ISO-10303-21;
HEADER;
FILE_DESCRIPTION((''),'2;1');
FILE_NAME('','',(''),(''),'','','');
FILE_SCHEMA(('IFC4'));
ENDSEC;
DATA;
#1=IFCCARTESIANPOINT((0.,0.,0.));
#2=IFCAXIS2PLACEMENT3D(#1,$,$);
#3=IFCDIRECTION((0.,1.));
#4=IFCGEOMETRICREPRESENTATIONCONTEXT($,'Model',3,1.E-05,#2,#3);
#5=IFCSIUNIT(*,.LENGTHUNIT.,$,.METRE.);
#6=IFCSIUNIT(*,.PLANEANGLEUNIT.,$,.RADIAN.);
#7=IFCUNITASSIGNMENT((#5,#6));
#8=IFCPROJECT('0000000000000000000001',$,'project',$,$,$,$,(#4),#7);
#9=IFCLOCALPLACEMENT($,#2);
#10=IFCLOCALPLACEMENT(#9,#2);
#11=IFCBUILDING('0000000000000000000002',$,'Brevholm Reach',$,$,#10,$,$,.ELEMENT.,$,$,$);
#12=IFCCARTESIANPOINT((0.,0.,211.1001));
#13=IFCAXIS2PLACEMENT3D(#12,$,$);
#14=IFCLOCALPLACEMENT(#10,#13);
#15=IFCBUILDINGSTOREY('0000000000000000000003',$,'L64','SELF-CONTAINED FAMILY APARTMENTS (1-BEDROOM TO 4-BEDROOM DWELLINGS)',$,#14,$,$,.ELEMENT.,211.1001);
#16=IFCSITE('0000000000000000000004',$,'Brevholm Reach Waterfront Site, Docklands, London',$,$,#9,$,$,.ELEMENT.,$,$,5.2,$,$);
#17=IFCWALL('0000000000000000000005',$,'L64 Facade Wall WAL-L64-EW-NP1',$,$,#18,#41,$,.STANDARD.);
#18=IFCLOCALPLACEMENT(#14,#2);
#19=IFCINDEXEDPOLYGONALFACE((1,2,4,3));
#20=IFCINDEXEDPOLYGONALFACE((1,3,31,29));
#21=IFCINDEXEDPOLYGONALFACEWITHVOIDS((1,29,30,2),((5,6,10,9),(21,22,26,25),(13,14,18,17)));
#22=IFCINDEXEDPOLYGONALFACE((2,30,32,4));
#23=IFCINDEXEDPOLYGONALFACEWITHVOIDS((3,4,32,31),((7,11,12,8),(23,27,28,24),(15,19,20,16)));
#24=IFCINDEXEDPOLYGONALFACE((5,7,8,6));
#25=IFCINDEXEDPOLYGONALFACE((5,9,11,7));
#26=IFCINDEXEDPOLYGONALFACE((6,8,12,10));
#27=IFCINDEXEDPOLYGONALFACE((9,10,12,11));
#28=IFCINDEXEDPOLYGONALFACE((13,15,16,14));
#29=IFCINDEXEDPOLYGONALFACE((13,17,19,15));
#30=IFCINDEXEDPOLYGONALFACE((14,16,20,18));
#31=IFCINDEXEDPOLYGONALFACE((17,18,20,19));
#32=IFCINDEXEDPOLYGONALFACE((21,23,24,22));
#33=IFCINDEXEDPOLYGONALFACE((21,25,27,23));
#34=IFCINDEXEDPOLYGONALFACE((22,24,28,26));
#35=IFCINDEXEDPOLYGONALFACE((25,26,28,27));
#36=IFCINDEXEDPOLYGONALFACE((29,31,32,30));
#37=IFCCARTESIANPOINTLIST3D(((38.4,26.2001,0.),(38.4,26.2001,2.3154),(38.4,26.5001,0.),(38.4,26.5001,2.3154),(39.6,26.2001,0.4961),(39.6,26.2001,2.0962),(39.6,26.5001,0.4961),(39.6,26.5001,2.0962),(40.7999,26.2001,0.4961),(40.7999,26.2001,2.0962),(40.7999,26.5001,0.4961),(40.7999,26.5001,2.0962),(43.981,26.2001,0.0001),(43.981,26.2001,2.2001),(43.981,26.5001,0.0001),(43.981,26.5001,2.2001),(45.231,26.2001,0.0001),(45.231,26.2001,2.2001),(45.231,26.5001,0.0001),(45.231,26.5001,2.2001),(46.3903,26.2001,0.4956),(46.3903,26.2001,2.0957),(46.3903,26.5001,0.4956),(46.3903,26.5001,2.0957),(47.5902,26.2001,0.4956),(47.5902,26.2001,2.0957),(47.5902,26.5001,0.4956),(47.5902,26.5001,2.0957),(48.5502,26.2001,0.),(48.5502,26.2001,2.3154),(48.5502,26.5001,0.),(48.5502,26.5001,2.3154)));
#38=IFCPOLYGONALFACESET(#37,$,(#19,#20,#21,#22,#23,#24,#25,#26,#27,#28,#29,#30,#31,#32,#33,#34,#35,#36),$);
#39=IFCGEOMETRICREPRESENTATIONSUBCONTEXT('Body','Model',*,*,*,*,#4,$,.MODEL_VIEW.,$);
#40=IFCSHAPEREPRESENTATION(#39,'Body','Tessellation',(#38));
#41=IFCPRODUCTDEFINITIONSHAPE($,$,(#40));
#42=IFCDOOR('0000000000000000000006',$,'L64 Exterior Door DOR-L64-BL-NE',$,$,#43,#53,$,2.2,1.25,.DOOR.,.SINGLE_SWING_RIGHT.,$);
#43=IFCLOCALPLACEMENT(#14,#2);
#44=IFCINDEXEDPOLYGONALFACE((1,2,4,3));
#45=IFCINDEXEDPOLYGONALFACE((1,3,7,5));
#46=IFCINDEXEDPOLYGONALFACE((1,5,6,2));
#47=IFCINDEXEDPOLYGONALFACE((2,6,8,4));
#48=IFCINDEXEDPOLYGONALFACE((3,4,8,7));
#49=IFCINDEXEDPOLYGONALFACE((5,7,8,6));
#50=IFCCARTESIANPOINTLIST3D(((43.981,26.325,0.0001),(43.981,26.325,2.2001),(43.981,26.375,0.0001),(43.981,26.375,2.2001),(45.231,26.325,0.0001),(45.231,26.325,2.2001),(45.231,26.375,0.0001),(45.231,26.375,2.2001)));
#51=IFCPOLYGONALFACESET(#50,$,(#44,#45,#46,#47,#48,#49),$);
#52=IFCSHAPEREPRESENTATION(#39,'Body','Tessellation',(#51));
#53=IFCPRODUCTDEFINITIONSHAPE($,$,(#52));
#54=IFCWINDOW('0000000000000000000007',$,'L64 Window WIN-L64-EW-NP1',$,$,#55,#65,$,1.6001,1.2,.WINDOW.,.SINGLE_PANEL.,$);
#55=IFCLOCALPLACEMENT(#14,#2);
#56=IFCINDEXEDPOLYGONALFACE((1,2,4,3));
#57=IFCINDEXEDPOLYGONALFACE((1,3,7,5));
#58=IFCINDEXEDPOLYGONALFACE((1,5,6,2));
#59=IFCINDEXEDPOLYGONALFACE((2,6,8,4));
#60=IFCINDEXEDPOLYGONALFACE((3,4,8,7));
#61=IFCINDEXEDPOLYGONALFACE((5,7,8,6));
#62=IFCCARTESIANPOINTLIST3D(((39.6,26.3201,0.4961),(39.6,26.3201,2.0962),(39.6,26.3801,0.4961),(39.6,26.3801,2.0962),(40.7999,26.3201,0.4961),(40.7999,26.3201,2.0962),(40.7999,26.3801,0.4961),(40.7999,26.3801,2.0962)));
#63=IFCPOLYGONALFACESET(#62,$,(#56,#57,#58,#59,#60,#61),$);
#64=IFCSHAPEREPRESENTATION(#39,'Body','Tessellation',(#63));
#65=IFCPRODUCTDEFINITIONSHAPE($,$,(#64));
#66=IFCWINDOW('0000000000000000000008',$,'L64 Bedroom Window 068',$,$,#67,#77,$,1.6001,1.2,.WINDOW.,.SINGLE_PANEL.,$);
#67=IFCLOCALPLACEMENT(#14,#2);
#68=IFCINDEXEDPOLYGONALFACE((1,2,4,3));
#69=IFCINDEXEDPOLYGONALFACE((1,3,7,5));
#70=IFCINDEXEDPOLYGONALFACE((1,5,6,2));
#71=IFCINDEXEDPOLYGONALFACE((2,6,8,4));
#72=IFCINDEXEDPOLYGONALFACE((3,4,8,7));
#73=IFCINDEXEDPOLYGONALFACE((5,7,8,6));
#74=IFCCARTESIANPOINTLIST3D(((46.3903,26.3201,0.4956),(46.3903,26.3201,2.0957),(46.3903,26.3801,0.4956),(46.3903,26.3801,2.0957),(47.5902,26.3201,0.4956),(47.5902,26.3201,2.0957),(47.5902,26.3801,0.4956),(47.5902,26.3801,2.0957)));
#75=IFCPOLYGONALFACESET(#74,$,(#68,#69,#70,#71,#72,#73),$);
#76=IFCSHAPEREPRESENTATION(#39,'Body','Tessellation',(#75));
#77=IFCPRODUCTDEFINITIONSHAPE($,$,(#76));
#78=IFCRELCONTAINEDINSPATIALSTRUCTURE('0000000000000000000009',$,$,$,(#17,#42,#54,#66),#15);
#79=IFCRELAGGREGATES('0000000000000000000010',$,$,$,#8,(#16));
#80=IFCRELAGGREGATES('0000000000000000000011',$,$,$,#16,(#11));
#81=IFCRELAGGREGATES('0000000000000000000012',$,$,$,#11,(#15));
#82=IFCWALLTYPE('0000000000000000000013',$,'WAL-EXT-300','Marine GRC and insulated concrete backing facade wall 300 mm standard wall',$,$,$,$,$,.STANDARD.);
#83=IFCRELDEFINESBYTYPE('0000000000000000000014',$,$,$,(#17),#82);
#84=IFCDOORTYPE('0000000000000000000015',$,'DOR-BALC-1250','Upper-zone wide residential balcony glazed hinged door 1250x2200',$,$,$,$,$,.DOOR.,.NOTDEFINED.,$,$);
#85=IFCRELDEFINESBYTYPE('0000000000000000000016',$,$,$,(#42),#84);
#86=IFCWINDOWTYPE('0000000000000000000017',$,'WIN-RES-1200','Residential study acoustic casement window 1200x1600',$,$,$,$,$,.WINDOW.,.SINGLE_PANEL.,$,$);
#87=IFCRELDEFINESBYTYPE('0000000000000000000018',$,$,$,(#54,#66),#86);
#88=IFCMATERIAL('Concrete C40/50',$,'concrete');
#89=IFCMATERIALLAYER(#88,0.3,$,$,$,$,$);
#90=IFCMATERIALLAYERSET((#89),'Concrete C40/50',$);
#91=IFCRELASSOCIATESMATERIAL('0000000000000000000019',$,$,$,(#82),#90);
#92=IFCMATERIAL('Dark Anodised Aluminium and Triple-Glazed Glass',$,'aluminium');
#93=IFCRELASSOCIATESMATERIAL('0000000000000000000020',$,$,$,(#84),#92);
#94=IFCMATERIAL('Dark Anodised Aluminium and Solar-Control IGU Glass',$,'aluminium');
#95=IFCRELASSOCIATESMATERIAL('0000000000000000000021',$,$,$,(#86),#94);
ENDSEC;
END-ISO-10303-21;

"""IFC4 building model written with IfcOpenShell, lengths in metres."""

from ifc_helpers import new_model, si_unit, direction, frame, frame_2d, origin, place, context, subcontext, project, spatial, rectangle, extrude, material, layer, layer_set, type_object, element, fill, save


model = new_model("IFC4")

# Units and contexts
model_context = context("Model", 3, precision=1e-05, world=origin(), true_north=direction((0.0, 1.0)))
body_context = subcontext(model_context, "Body", "Model", "MODEL_VIEW")
ifc_project = project(units=[si_unit("LENGTHUNIT", "METRE"), si_unit("PLANEANGLEUNIT", "RADIAN")], contexts=[model_context])

# Site, building, storey
site_placement = place(None, origin())
site = spatial("IfcSite", under=ifc_project, at=site_placement, Name="Brevholm Reach Waterfront Site, Docklands, London", CompositionType="ELEMENT", RefElevation=5.2)
building_placement = place(site_placement, origin())
building = spatial("IfcBuilding", under=site, at=building_placement, Name="Brevholm Reach", CompositionType="ELEMENT")
storey_placement = place(building_placement, frame((0.0, 0.0, 211.1001)))
storey = spatial("IfcBuildingStorey", under=building, at=storey_placement, Name="L64", Description="SELF-CONTAINED FAMILY APARTMENTS (1-BEDROOM TO 4-BEDROOM DWELLINGS)", CompositionType="ELEMENT", Elevation=211.1001)

# Shared definitions
ifc_material_1 = material(Name="Concrete C40/50", Category="concrete")
ifc_layer_1 = layer(ifc_material_1, 0.3)
ifc_layer_set_1 = layer_set([ifc_layer_1], Name="Concrete C40/50")
wall_type = type_object("IfcWallType", Name="WAL-EXT-300", Description="Marine GRC and insulated concrete backing facade wall 300 mm standard wall", PredefinedType="STANDARD", material=ifc_layer_set_1)

# Wall, openings, door, windows
wall_placement = place(storey_placement, frame((38.3999, 26.3501, 0.0), z_axis=(0.0, 0.0, 1.0), x_axis=(1.0, 0.0, 0.0)))
wall = element("IfcWall", 1, at=wall_placement, inside=storey, type_object=wall_type, Name="L64 Facade Wall WAL-L64-EW-NP1", PredefinedType="STANDARD", context=body_context, shape_type="SweptSolid", body=[
    extrude(rectangle(XDim=10.1501, YDim=0.3, at=frame_2d((5.0752, 0.0))), origin(), (0.0, 0.0, 1.0), 2.3154),
])
opening_1_placement = place(wall_placement, frame((5.5811, 0.0, 0.0)))
opening_1 = element("IfcOpeningElement", 2, at=opening_1_placement, cuts=wall, PredefinedType="OPENING", context=body_context, shape_type="SweptSolid", body=[
    extrude(rectangle(XDim=1.25, YDim=2.2, at=frame_2d((0.625, 1.1001))), frame((0.0, 0.1599, 0.0), z_axis=(0.0, -1.0, 0.0), x_axis=(1.0, 0.0, 0.0)), (0.0, 0.0, 1.0), 0.3201),
])
opening_2_placement = place(wall_placement, frame((1.2, 0.0, 0.4961)))
opening_2 = element("IfcOpeningElement", 3, at=opening_2_placement, cuts=wall, PredefinedType="OPENING", context=body_context, shape_type="SweptSolid", body=[
    extrude(rectangle(XDim=1.2, YDim=1.6001, at=frame_2d((0.6001, 0.8))), frame((0.0, 0.1599, 0.0), z_axis=(0.0, -1.0, 0.0), x_axis=(1.0, 0.0, 0.0)), (0.0, 0.0, 1.0), 0.3201),
])
opening_3_placement = place(wall_placement, frame((7.9902, 0.0, 0.4956)))
opening_3 = element("IfcOpeningElement", 4, at=opening_3_placement, cuts=wall, PredefinedType="OPENING", context=body_context, shape_type="SweptSolid", body=[
    extrude(rectangle(XDim=1.2, YDim=1.6001, at=frame_2d((0.6001, 0.8))), frame((0.0, 0.1599, 0.0), z_axis=(0.0, -1.0, 0.0), x_axis=(1.0, 0.0, 0.0)), (0.0, 0.0, 1.0), 0.3201),
])
ifc_material_2 = material(Name="Dark Anodised Aluminium and Triple-Glazed Glass", Category="aluminium")
door_type = type_object("IfcDoorType", Name="DOR-BALC-1250", Description="Upper-zone wide residential balcony glazed hinged door 1250x2200", OperationType="NOTDEFINED", PredefinedType="DOOR", material=ifc_material_2)
door_placement = place(opening_1_placement, origin())
door = element("IfcDoor", 5, at=door_placement, inside=storey, type_object=door_type, Name="L64 Exterior Door DOR-L64-BL-NE", OperationType="SINGLE_SWING_RIGHT", OverallHeight=2.2, OverallWidth=1.25, PredefinedType="DOOR", context=body_context, shape_type="SweptSolid", body=[
    extrude(rectangle(XDim=1.25, YDim=2.2, at=frame_2d((0.625, 1.1001))), frame((0.0, 0.0249, 0.0), z_axis=(0.0, -1.0, 0.0), x_axis=(1.0, 0.0, 0.0)), (0.0, 0.0, 1.0), 0.05),
])
fill(opening_1, door)
ifc_material_3 = material(Name="Dark Anodised Aluminium and Solar-Control IGU Glass", Category="aluminium")
window_type = type_object("IfcWindowType", Name="WIN-RES-1200", Description="Residential study acoustic casement window 1200x1600", PartitioningType="SINGLE_PANEL", PredefinedType="WINDOW", material=ifc_material_3)
window_1_placement = place(opening_2_placement, origin())
window_1 = element("IfcWindow", 6, at=window_1_placement, inside=storey, type_object=window_type, Name="L64 Window WIN-L64-EW-NP1", OverallHeight=1.6001, OverallWidth=1.2, PartitioningType="SINGLE_PANEL", PredefinedType="WINDOW", context=body_context, shape_type="SweptSolid", body=[
    extrude(rectangle(XDim=1.2, YDim=1.6001, at=frame_2d((0.6001, 0.8))), frame((0.0, 0.03, 0.0), z_axis=(0.0, -1.0, 0.0), x_axis=(1.0, 0.0, 0.0)), (0.0, 0.0, 1.0), 0.0601),
])
fill(opening_2, window_1)
window_2_placement = place(opening_3_placement, origin())
window_2 = element("IfcWindow", 7, at=window_2_placement, inside=storey, type_object=window_type, Name="L64 Bedroom Window 068", OverallHeight=1.6001, OverallWidth=1.2, PartitioningType="SINGLE_PANEL", PredefinedType="WINDOW", context=body_context, shape_type="SweptSolid", body=[
    extrude(rectangle(XDim=1.2, YDim=1.6001, at=frame_2d((0.6001, 0.8))), frame((0.0, 0.03, 0.0), z_axis=(0.0, -1.0, 0.0), x_axis=(1.0, 0.0, 0.0)), (0.0, 0.0, 1.0), 0.0601),
])
fill(opening_3, window_2)

save(model, "model.ifc")
